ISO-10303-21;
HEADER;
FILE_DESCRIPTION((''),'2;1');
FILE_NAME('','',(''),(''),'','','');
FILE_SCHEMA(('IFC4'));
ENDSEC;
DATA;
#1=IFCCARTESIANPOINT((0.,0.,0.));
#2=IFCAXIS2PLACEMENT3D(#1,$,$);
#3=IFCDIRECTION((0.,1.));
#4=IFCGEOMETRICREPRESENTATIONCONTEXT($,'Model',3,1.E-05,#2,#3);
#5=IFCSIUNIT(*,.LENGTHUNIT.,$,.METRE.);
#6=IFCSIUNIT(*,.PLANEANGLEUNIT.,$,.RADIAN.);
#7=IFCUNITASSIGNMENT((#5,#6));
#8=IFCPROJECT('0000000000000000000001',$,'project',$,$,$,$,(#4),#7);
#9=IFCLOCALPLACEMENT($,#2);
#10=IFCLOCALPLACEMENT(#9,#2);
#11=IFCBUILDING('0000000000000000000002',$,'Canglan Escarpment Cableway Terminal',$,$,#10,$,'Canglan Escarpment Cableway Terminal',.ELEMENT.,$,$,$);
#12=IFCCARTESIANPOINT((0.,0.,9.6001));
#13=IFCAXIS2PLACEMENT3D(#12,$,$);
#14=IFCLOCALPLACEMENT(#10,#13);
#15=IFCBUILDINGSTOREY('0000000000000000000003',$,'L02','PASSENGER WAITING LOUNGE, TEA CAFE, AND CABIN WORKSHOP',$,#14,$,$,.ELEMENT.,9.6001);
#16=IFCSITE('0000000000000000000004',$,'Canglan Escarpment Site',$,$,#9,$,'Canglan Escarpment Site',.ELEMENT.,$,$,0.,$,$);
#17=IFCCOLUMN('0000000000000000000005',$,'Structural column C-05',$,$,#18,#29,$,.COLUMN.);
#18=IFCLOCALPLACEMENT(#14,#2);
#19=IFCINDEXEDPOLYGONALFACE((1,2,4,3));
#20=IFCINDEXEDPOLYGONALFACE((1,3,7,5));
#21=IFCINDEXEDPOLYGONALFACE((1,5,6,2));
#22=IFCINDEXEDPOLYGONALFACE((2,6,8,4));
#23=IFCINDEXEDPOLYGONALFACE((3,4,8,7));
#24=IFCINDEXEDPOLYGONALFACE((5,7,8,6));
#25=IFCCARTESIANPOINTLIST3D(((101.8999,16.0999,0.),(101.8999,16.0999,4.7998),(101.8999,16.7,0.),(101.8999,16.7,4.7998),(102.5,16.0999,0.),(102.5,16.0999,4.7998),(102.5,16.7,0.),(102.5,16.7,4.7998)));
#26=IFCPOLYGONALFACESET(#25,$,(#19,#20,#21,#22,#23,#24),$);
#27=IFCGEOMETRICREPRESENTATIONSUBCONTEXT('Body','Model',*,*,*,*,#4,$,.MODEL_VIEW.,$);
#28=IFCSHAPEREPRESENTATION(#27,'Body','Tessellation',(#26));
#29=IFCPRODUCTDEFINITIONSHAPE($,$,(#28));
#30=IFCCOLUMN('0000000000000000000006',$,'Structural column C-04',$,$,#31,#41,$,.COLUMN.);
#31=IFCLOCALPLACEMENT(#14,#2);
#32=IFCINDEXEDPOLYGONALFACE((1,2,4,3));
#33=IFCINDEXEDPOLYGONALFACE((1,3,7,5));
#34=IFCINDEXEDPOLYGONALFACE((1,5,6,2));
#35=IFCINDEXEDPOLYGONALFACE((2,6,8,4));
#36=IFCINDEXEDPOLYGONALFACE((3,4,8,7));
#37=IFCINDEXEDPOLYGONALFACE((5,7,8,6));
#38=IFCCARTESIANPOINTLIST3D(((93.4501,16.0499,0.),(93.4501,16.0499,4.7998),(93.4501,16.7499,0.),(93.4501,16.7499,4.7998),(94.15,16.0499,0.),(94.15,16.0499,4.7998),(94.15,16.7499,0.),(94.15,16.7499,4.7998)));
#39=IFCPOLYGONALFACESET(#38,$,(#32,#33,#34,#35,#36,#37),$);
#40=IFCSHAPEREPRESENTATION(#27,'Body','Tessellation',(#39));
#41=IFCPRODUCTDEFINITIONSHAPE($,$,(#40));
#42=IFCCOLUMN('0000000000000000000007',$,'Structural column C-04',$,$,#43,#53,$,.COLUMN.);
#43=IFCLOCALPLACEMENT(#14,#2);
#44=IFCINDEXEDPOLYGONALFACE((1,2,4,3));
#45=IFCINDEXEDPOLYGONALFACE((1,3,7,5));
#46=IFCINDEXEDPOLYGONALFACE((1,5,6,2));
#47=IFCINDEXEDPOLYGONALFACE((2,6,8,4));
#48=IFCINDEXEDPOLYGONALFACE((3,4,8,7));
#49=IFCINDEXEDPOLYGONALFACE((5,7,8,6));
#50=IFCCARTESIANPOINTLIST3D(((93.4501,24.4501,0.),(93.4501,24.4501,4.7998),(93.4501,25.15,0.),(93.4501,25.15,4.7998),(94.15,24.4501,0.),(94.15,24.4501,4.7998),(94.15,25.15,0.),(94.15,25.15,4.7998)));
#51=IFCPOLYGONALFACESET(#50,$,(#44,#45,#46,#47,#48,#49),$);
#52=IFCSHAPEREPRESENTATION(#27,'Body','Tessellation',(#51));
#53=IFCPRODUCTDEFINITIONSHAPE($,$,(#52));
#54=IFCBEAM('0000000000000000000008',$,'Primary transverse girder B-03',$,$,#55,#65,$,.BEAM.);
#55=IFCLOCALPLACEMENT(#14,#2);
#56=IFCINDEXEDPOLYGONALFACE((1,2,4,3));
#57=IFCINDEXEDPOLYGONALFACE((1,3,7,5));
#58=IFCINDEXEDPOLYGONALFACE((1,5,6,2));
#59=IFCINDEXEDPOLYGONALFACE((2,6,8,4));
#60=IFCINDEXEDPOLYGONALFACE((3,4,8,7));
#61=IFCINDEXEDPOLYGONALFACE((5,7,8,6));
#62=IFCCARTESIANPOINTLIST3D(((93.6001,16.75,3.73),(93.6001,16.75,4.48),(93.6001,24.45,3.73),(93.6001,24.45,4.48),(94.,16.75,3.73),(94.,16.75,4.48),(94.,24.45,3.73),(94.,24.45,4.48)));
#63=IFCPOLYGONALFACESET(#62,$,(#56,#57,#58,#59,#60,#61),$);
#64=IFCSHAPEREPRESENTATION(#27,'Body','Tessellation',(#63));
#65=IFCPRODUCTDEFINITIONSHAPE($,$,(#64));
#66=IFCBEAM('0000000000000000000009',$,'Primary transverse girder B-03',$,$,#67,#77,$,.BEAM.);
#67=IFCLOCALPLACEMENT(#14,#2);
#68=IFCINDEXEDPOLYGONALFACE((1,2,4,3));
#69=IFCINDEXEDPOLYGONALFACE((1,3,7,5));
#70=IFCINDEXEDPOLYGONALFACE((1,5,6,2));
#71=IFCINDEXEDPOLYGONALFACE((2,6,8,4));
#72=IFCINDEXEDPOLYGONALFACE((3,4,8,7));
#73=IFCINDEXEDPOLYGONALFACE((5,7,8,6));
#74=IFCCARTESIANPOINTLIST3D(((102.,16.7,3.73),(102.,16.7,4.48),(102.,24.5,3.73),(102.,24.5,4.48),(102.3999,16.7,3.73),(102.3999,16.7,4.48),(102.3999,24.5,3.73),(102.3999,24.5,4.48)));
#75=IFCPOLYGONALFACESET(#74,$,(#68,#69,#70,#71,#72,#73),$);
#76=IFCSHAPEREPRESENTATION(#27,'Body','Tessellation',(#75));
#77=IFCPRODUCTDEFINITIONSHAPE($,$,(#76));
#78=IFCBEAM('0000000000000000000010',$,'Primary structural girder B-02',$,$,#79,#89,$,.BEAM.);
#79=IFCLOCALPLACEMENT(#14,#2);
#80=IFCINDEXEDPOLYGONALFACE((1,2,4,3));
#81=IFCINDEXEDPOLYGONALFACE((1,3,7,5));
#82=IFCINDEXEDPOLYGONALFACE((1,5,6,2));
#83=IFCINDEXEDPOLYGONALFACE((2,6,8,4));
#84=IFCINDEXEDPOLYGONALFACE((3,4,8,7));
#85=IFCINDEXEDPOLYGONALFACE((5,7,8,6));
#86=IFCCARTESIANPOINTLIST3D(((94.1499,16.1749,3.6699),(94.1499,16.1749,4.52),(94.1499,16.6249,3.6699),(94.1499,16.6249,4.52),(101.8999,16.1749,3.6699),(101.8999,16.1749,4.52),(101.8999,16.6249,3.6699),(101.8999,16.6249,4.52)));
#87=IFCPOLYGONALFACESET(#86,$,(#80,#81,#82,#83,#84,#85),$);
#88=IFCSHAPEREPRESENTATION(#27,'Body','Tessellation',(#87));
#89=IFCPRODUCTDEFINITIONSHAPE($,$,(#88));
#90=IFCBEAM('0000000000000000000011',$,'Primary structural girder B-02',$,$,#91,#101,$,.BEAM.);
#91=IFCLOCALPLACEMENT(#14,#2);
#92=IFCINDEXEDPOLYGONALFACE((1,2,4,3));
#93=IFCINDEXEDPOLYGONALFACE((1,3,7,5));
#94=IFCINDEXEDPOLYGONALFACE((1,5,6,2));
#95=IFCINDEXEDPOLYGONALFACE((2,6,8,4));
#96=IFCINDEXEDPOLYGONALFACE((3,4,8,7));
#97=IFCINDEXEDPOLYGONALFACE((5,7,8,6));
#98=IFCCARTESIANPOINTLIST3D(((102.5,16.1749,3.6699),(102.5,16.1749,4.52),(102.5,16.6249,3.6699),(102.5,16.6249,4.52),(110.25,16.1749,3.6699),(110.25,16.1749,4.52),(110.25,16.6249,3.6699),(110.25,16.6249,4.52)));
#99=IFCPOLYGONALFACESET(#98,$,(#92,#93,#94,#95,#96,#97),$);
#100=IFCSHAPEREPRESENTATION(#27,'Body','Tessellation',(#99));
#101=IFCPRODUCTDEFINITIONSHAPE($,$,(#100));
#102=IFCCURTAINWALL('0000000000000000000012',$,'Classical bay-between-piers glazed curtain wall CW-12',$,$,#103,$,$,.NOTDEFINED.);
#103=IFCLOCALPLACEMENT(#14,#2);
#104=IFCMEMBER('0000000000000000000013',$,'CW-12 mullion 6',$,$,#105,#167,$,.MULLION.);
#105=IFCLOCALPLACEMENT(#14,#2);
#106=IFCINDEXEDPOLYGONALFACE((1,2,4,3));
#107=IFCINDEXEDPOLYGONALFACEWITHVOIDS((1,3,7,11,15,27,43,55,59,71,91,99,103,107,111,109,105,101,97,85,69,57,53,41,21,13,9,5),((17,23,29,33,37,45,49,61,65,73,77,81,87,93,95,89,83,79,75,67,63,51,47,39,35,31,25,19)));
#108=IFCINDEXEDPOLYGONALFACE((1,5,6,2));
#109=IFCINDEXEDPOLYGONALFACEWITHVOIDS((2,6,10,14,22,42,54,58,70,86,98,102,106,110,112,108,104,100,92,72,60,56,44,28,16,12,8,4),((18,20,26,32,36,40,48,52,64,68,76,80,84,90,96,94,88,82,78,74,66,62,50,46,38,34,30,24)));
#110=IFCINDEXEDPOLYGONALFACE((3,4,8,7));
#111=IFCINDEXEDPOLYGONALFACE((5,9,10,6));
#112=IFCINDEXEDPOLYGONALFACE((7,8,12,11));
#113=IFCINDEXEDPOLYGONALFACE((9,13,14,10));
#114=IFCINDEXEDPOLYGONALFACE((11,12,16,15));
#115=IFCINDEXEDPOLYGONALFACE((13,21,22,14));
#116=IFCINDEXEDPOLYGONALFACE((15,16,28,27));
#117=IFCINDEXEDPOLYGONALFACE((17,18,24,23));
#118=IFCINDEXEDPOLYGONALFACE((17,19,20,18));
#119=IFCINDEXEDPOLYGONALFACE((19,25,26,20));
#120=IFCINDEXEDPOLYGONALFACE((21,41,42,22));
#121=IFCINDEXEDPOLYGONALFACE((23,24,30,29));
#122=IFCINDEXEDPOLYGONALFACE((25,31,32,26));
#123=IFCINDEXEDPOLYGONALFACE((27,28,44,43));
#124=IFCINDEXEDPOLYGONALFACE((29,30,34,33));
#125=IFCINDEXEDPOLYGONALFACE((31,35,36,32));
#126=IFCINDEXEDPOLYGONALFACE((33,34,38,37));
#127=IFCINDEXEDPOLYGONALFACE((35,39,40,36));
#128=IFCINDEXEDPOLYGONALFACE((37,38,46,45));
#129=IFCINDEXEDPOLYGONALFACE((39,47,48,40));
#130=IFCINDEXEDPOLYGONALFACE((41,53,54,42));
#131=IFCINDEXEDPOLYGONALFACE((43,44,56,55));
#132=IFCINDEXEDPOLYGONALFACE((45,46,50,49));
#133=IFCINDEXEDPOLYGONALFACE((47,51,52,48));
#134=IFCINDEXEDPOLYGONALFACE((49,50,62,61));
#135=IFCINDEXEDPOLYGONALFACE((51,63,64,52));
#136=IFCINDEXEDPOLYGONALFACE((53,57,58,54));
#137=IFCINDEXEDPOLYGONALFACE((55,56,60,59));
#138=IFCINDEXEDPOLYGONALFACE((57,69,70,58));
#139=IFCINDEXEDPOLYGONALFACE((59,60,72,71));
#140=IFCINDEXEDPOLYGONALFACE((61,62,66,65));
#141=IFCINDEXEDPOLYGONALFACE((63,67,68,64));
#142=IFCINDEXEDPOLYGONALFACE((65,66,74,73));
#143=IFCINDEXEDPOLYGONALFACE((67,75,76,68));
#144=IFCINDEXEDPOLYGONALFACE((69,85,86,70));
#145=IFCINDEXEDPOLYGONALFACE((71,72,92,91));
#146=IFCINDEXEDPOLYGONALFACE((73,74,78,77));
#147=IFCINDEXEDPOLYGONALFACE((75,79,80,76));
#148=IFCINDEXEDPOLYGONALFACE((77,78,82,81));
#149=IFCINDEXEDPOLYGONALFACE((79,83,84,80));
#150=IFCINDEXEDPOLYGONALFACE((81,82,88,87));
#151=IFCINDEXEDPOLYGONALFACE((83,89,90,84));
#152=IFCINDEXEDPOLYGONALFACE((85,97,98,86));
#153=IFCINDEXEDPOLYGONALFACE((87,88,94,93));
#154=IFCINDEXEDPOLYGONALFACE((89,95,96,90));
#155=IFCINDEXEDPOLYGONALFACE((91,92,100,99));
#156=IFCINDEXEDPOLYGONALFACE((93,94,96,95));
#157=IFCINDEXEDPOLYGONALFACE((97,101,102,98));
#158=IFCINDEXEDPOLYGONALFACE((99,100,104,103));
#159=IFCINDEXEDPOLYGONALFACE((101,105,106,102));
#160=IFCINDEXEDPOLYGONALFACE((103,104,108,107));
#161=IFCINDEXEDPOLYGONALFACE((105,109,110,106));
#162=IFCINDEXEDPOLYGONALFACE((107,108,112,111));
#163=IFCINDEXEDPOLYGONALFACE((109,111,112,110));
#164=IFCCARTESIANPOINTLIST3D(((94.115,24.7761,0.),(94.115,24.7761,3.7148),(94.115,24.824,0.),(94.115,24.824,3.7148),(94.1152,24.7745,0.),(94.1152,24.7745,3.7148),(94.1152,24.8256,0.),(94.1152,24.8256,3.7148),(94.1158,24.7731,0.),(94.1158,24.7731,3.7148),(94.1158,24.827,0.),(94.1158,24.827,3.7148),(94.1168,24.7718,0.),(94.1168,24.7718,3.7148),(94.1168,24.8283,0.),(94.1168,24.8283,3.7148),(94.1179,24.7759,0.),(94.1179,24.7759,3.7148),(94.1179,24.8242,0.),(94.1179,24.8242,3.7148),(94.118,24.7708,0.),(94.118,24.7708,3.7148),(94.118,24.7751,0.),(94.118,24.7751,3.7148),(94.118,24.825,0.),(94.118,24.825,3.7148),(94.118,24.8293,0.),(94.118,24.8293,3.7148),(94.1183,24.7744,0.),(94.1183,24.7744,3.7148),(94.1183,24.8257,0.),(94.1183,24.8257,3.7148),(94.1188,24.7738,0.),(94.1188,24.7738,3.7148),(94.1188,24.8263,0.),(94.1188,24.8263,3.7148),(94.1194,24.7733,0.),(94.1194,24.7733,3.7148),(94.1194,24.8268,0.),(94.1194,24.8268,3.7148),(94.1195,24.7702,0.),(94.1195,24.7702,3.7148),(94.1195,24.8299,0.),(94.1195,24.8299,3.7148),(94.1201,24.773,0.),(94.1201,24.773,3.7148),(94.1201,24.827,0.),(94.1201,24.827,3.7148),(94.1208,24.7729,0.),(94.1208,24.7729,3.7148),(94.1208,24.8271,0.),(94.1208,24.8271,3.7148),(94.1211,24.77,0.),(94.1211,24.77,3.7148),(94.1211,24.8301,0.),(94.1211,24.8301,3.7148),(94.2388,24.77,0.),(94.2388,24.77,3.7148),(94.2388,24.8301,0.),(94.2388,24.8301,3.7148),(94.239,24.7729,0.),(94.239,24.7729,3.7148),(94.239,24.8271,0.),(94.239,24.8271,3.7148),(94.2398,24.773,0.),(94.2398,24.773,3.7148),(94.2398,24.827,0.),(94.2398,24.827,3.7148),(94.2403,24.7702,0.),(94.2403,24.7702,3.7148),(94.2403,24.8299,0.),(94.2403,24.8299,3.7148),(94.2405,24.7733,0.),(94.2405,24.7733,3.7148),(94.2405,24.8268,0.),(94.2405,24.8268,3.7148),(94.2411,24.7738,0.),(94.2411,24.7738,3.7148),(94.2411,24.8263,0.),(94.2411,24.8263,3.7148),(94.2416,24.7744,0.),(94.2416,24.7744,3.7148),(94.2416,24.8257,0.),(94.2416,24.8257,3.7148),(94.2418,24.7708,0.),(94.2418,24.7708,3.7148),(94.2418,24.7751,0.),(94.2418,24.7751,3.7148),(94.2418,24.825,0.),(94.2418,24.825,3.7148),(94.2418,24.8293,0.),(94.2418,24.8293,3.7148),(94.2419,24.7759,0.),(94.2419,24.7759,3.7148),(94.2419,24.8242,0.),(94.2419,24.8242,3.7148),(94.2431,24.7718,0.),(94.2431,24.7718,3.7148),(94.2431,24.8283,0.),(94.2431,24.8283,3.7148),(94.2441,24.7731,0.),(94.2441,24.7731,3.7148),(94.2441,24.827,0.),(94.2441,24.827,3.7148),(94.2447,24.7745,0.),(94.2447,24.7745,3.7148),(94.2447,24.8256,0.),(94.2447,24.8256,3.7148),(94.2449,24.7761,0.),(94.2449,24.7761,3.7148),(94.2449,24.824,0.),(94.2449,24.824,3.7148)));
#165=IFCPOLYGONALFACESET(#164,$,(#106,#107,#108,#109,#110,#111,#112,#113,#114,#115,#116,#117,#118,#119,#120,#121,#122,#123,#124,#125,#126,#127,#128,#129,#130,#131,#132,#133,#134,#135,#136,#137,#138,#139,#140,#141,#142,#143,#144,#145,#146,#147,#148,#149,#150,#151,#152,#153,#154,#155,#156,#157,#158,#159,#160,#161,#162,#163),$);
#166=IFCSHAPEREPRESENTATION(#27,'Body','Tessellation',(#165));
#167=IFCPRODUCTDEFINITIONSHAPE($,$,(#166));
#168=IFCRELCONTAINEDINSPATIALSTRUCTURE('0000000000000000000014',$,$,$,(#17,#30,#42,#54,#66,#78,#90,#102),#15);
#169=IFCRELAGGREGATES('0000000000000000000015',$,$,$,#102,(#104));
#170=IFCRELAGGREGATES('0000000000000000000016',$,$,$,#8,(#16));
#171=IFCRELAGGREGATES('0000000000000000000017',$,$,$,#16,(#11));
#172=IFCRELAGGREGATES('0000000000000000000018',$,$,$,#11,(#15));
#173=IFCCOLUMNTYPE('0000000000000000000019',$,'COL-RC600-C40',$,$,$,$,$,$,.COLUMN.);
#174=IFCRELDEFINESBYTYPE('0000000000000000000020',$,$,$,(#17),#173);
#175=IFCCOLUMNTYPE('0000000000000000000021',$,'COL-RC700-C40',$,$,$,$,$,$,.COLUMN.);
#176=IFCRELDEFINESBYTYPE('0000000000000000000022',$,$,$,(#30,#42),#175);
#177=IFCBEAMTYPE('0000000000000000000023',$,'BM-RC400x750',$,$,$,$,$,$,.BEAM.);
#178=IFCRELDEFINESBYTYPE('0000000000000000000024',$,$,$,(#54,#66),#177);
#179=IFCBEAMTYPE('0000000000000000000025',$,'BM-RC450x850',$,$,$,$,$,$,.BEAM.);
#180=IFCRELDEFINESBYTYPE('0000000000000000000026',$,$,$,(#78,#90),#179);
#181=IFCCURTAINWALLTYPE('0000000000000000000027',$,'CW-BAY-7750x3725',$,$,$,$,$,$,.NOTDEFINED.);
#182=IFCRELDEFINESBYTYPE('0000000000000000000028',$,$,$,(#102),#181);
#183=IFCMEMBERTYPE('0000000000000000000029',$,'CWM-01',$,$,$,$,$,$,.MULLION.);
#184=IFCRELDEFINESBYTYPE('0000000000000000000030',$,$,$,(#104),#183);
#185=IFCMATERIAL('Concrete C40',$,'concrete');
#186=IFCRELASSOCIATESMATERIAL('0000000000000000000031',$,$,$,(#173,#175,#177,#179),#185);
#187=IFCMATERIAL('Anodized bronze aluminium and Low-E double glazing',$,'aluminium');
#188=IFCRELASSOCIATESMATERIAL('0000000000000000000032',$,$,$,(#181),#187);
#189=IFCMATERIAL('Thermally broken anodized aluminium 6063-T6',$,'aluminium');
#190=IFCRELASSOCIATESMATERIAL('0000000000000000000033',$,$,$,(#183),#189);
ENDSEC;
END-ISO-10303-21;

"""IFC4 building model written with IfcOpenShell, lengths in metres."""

from ifc_helpers import new_model, si_unit, direction, frame, origin, origin_2d, place, context, subcontext, project, spatial, rectangle, hollow_rectangle, extrude, material, material_profile, profile_set, type_object, element, aggregate, save


model = new_model("IFC4")

# Units and contexts
model_context = context("Model", 3, precision=1e-05, world=origin(), true_north=direction((0.0, 1.0)))
body_context = subcontext(model_context, "Body", "Model", "MODEL_VIEW")
ifc_project = project(units=[si_unit("LENGTHUNIT", "METRE"), si_unit("PLANEANGLEUNIT", "RADIAN")], contexts=[model_context])

# Site, building, storey
site_placement = place(None, origin())
site = spatial("IfcSite", under=ifc_project, at=site_placement, Name="Canglan Escarpment Site", LongName="Canglan Escarpment Site", CompositionType="ELEMENT", RefElevation=0.0)
building_placement = place(site_placement, origin())
building = spatial("IfcBuilding", under=site, at=building_placement, Name="Canglan Escarpment Cableway Terminal", LongName="Canglan Escarpment Cableway Terminal", CompositionType="ELEMENT")
storey_placement = place(building_placement, frame((0.0, 0.0, 9.6001)))
storey = spatial("IfcBuildingStorey", under=building, at=storey_placement, Name="L02", Description="PASSENGER WAITING LOUNGE, TEA CAFE, AND CABIN WORKSHOP", CompositionType="ELEMENT", Elevation=9.6001)

# Columns
ifc_material_1 = material(Name="Concrete C40", Category="concrete")
ifc_material_profile_1 = material_profile(ifc_material_1, rectangle(XDim=0.6001, YDim=0.6001, at=origin_2d()), Name="RC 600x600")
ifc_profile_set_1 = profile_set([ifc_material_profile_1], Name="Concrete C40")
column_type_1 = type_object("IfcColumnType", Name="COL-RC600-C40", PredefinedType="COLUMN", material=ifc_profile_set_1)
column_placement = place(storey_placement, frame((102.2, 16.3999, 0.0), z_axis=(0.0, 0.0, 1.0), x_axis=(1.0, 0.0, 0.0)))
element("IfcColumn", 1, at=column_placement, inside=storey, type_object=column_type_1, Name="Structural column C-05", PredefinedType="COLUMN", context=body_context, shape_type="SweptSolid", body=[
    extrude(rectangle(XDim=0.6001, YDim=0.6001, at=origin_2d()), origin(), (0.0, 0.0, 1.0), 4.7998),
])
ifc_material_profile_2 = material_profile(ifc_material_1, rectangle(XDim=0.7, YDim=0.7, at=origin_2d()), Name="RC 700x700")
ifc_profile_set_2 = profile_set([ifc_material_profile_2], Name="Concrete C40")
column_type_2 = type_object("IfcColumnType", Name="COL-RC700-C40", PredefinedType="COLUMN", material=ifc_profile_set_2)
for number, where, z_axis, x_axis, name in (
    (2, (93.8, 16.3999, 0.0), (0.0, 0.0, 1.0), (1.0, 0.0, 0.0), "Structural column C-04"),
    (3, (93.8, 24.8, 0.0), (0.0, 0.0, 1.0), (1.0, 0.0, 0.0), "Structural column C-04"),
):
    element("IfcColumn", number, at=place(storey_placement, frame(where, z_axis=z_axis, x_axis=x_axis)), inside=storey, type_object=column_type_2, Name=name, PredefinedType="COLUMN", context=body_context, shape_type="SweptSolid", body=[
        extrude(rectangle(XDim=0.7, YDim=0.7, at=origin_2d()), origin(), (0.0, 0.0, 1.0), 4.7998),
    ])

# Beams
ifc_material_profile_3 = material_profile(ifc_material_1, rectangle(XDim=0.3999, YDim=0.75, at=origin_2d()), Name="RC 400x750")
ifc_profile_set_3 = profile_set([ifc_material_profile_3], Name="Concrete C40")
beam_type_1 = type_object("IfcBeamType", Name="BM-RC400x750", PredefinedType="BEAM", material=ifc_profile_set_3)
beam_1_placement = place(storey_placement, frame((93.8, 16.75, 4.105), z_axis=(0.0, 1.0, 0.0), x_axis=(-1.0, 0.0, 0.0)))
element("IfcBeam", 4, at=beam_1_placement, inside=storey, type_object=beam_type_1, Name="Primary transverse girder B-03", PredefinedType="BEAM", context=body_context, shape_type="SweptSolid", body=[
    extrude(rectangle(XDim=0.3999, YDim=0.75, at=origin_2d()), origin(), (0.0, 0.0, 1.0), 7.7),
])
beam_2_placement = place(storey_placement, frame((102.2, 16.7, 4.105), z_axis=(0.0, 1.0, 0.0), x_axis=(-1.0, 0.0, 0.0)))
element("IfcBeam", 5, at=beam_2_placement, inside=storey, type_object=beam_type_1, Name="Primary transverse girder B-03", PredefinedType="BEAM", context=body_context, shape_type="SweptSolid", body=[
    extrude(rectangle(XDim=0.3999, YDim=0.75, at=origin_2d()), origin(), (0.0, 0.0, 1.0), 7.8),
])
ifc_material_profile_4 = material_profile(ifc_material_1, rectangle(XDim=0.45, YDim=0.8501, at=origin_2d()), Name="RC 450x850")
ifc_profile_set_4 = profile_set([ifc_material_profile_4], Name="Concrete C40")
beam_type_2 = type_object("IfcBeamType", Name="BM-RC450x850", PredefinedType="BEAM", material=ifc_profile_set_4)
for number, where, z_axis, x_axis, name in (
    (6, (94.1499, 16.3999, 4.095), (1.0, 0.0, 0.0), (0.0, 1.0, 0.0), "Primary structural girder B-02"),
    (7, (102.5, 16.3999, 4.095), (1.0, 0.0, 0.0), (0.0, 1.0, 0.0), "Primary structural girder B-02"),
):
    element("IfcBeam", number, at=place(storey_placement, frame(where, z_axis=z_axis, x_axis=x_axis)), inside=storey, type_object=beam_type_2, Name=name, PredefinedType="BEAM", context=body_context, shape_type="SweptSolid", body=[
        extrude(rectangle(XDim=0.45, YDim=0.8501, at=origin_2d()), origin(), (0.0, 0.0, 1.0), 7.75),
    ])

# Curtain wall, member
ifc_material_2 = material(Name="Anodized bronze aluminium and Low-E double glazing", Category="aluminium")
curtain_wall_type_1 = type_object("IfcCurtainWallType", Name="CW-BAY-7750x3725", PredefinedType="NOTDEFINED", material=ifc_material_2)
curtain_wall_1_placement = place(storey_placement, origin())
curtain_wall_1 = element("IfcCurtainWall", 8, at=curtain_wall_1_placement, inside=storey, type_object=curtain_wall_type_1, Name="Classical bay-between-piers glazed curtain wall CW-12", PredefinedType="NOTDEFINED")
ifc_material_3 = material(Name="Thermally broken anodized aluminium 6063-T6", Category="aluminium")
ifc_material_profile_5 = material_profile(ifc_material_3, hollow_rectangle(XDim=0.0601, YDim=0.1299, WallThickness=0.0029, InnerFilletRadius=0.0029, OuterFilletRadius=0.0061, at=origin_2d()), Name="ALU-MULL 60x130x3")
ifc_profile_set_5 = profile_set([ifc_material_profile_5], Name="Thermally broken anodized aluminium 6063-T6")
member_type_1 = type_object("IfcMemberType", Name="CWM-01", PredefinedType="MULLION", material=ifc_profile_set_5)
member_1_placement = place(storey_placement, frame((94.1799, 24.8, 0.0), z_axis=(0.0, 0.0, 1.0), x_axis=(0.0, -1.0, 0.0)))
member_1 = element("IfcMember", 9, at=member_1_placement, type_object=member_type_1, Name="CW-12 mullion 6", PredefinedType="MULLION", context=body_context, shape_type="SweptSolid", body=[
    extrude(hollow_rectangle(XDim=0.0601, YDim=0.1299, WallThickness=0.0029, InnerFilletRadius=0.0029, OuterFilletRadius=0.0061, at=origin_2d()), origin(), (0.0, 0.0, 1.0), 3.7148),
])

aggregate(curtain_wall_1, [member_1])

save(model, "model.ifc")
